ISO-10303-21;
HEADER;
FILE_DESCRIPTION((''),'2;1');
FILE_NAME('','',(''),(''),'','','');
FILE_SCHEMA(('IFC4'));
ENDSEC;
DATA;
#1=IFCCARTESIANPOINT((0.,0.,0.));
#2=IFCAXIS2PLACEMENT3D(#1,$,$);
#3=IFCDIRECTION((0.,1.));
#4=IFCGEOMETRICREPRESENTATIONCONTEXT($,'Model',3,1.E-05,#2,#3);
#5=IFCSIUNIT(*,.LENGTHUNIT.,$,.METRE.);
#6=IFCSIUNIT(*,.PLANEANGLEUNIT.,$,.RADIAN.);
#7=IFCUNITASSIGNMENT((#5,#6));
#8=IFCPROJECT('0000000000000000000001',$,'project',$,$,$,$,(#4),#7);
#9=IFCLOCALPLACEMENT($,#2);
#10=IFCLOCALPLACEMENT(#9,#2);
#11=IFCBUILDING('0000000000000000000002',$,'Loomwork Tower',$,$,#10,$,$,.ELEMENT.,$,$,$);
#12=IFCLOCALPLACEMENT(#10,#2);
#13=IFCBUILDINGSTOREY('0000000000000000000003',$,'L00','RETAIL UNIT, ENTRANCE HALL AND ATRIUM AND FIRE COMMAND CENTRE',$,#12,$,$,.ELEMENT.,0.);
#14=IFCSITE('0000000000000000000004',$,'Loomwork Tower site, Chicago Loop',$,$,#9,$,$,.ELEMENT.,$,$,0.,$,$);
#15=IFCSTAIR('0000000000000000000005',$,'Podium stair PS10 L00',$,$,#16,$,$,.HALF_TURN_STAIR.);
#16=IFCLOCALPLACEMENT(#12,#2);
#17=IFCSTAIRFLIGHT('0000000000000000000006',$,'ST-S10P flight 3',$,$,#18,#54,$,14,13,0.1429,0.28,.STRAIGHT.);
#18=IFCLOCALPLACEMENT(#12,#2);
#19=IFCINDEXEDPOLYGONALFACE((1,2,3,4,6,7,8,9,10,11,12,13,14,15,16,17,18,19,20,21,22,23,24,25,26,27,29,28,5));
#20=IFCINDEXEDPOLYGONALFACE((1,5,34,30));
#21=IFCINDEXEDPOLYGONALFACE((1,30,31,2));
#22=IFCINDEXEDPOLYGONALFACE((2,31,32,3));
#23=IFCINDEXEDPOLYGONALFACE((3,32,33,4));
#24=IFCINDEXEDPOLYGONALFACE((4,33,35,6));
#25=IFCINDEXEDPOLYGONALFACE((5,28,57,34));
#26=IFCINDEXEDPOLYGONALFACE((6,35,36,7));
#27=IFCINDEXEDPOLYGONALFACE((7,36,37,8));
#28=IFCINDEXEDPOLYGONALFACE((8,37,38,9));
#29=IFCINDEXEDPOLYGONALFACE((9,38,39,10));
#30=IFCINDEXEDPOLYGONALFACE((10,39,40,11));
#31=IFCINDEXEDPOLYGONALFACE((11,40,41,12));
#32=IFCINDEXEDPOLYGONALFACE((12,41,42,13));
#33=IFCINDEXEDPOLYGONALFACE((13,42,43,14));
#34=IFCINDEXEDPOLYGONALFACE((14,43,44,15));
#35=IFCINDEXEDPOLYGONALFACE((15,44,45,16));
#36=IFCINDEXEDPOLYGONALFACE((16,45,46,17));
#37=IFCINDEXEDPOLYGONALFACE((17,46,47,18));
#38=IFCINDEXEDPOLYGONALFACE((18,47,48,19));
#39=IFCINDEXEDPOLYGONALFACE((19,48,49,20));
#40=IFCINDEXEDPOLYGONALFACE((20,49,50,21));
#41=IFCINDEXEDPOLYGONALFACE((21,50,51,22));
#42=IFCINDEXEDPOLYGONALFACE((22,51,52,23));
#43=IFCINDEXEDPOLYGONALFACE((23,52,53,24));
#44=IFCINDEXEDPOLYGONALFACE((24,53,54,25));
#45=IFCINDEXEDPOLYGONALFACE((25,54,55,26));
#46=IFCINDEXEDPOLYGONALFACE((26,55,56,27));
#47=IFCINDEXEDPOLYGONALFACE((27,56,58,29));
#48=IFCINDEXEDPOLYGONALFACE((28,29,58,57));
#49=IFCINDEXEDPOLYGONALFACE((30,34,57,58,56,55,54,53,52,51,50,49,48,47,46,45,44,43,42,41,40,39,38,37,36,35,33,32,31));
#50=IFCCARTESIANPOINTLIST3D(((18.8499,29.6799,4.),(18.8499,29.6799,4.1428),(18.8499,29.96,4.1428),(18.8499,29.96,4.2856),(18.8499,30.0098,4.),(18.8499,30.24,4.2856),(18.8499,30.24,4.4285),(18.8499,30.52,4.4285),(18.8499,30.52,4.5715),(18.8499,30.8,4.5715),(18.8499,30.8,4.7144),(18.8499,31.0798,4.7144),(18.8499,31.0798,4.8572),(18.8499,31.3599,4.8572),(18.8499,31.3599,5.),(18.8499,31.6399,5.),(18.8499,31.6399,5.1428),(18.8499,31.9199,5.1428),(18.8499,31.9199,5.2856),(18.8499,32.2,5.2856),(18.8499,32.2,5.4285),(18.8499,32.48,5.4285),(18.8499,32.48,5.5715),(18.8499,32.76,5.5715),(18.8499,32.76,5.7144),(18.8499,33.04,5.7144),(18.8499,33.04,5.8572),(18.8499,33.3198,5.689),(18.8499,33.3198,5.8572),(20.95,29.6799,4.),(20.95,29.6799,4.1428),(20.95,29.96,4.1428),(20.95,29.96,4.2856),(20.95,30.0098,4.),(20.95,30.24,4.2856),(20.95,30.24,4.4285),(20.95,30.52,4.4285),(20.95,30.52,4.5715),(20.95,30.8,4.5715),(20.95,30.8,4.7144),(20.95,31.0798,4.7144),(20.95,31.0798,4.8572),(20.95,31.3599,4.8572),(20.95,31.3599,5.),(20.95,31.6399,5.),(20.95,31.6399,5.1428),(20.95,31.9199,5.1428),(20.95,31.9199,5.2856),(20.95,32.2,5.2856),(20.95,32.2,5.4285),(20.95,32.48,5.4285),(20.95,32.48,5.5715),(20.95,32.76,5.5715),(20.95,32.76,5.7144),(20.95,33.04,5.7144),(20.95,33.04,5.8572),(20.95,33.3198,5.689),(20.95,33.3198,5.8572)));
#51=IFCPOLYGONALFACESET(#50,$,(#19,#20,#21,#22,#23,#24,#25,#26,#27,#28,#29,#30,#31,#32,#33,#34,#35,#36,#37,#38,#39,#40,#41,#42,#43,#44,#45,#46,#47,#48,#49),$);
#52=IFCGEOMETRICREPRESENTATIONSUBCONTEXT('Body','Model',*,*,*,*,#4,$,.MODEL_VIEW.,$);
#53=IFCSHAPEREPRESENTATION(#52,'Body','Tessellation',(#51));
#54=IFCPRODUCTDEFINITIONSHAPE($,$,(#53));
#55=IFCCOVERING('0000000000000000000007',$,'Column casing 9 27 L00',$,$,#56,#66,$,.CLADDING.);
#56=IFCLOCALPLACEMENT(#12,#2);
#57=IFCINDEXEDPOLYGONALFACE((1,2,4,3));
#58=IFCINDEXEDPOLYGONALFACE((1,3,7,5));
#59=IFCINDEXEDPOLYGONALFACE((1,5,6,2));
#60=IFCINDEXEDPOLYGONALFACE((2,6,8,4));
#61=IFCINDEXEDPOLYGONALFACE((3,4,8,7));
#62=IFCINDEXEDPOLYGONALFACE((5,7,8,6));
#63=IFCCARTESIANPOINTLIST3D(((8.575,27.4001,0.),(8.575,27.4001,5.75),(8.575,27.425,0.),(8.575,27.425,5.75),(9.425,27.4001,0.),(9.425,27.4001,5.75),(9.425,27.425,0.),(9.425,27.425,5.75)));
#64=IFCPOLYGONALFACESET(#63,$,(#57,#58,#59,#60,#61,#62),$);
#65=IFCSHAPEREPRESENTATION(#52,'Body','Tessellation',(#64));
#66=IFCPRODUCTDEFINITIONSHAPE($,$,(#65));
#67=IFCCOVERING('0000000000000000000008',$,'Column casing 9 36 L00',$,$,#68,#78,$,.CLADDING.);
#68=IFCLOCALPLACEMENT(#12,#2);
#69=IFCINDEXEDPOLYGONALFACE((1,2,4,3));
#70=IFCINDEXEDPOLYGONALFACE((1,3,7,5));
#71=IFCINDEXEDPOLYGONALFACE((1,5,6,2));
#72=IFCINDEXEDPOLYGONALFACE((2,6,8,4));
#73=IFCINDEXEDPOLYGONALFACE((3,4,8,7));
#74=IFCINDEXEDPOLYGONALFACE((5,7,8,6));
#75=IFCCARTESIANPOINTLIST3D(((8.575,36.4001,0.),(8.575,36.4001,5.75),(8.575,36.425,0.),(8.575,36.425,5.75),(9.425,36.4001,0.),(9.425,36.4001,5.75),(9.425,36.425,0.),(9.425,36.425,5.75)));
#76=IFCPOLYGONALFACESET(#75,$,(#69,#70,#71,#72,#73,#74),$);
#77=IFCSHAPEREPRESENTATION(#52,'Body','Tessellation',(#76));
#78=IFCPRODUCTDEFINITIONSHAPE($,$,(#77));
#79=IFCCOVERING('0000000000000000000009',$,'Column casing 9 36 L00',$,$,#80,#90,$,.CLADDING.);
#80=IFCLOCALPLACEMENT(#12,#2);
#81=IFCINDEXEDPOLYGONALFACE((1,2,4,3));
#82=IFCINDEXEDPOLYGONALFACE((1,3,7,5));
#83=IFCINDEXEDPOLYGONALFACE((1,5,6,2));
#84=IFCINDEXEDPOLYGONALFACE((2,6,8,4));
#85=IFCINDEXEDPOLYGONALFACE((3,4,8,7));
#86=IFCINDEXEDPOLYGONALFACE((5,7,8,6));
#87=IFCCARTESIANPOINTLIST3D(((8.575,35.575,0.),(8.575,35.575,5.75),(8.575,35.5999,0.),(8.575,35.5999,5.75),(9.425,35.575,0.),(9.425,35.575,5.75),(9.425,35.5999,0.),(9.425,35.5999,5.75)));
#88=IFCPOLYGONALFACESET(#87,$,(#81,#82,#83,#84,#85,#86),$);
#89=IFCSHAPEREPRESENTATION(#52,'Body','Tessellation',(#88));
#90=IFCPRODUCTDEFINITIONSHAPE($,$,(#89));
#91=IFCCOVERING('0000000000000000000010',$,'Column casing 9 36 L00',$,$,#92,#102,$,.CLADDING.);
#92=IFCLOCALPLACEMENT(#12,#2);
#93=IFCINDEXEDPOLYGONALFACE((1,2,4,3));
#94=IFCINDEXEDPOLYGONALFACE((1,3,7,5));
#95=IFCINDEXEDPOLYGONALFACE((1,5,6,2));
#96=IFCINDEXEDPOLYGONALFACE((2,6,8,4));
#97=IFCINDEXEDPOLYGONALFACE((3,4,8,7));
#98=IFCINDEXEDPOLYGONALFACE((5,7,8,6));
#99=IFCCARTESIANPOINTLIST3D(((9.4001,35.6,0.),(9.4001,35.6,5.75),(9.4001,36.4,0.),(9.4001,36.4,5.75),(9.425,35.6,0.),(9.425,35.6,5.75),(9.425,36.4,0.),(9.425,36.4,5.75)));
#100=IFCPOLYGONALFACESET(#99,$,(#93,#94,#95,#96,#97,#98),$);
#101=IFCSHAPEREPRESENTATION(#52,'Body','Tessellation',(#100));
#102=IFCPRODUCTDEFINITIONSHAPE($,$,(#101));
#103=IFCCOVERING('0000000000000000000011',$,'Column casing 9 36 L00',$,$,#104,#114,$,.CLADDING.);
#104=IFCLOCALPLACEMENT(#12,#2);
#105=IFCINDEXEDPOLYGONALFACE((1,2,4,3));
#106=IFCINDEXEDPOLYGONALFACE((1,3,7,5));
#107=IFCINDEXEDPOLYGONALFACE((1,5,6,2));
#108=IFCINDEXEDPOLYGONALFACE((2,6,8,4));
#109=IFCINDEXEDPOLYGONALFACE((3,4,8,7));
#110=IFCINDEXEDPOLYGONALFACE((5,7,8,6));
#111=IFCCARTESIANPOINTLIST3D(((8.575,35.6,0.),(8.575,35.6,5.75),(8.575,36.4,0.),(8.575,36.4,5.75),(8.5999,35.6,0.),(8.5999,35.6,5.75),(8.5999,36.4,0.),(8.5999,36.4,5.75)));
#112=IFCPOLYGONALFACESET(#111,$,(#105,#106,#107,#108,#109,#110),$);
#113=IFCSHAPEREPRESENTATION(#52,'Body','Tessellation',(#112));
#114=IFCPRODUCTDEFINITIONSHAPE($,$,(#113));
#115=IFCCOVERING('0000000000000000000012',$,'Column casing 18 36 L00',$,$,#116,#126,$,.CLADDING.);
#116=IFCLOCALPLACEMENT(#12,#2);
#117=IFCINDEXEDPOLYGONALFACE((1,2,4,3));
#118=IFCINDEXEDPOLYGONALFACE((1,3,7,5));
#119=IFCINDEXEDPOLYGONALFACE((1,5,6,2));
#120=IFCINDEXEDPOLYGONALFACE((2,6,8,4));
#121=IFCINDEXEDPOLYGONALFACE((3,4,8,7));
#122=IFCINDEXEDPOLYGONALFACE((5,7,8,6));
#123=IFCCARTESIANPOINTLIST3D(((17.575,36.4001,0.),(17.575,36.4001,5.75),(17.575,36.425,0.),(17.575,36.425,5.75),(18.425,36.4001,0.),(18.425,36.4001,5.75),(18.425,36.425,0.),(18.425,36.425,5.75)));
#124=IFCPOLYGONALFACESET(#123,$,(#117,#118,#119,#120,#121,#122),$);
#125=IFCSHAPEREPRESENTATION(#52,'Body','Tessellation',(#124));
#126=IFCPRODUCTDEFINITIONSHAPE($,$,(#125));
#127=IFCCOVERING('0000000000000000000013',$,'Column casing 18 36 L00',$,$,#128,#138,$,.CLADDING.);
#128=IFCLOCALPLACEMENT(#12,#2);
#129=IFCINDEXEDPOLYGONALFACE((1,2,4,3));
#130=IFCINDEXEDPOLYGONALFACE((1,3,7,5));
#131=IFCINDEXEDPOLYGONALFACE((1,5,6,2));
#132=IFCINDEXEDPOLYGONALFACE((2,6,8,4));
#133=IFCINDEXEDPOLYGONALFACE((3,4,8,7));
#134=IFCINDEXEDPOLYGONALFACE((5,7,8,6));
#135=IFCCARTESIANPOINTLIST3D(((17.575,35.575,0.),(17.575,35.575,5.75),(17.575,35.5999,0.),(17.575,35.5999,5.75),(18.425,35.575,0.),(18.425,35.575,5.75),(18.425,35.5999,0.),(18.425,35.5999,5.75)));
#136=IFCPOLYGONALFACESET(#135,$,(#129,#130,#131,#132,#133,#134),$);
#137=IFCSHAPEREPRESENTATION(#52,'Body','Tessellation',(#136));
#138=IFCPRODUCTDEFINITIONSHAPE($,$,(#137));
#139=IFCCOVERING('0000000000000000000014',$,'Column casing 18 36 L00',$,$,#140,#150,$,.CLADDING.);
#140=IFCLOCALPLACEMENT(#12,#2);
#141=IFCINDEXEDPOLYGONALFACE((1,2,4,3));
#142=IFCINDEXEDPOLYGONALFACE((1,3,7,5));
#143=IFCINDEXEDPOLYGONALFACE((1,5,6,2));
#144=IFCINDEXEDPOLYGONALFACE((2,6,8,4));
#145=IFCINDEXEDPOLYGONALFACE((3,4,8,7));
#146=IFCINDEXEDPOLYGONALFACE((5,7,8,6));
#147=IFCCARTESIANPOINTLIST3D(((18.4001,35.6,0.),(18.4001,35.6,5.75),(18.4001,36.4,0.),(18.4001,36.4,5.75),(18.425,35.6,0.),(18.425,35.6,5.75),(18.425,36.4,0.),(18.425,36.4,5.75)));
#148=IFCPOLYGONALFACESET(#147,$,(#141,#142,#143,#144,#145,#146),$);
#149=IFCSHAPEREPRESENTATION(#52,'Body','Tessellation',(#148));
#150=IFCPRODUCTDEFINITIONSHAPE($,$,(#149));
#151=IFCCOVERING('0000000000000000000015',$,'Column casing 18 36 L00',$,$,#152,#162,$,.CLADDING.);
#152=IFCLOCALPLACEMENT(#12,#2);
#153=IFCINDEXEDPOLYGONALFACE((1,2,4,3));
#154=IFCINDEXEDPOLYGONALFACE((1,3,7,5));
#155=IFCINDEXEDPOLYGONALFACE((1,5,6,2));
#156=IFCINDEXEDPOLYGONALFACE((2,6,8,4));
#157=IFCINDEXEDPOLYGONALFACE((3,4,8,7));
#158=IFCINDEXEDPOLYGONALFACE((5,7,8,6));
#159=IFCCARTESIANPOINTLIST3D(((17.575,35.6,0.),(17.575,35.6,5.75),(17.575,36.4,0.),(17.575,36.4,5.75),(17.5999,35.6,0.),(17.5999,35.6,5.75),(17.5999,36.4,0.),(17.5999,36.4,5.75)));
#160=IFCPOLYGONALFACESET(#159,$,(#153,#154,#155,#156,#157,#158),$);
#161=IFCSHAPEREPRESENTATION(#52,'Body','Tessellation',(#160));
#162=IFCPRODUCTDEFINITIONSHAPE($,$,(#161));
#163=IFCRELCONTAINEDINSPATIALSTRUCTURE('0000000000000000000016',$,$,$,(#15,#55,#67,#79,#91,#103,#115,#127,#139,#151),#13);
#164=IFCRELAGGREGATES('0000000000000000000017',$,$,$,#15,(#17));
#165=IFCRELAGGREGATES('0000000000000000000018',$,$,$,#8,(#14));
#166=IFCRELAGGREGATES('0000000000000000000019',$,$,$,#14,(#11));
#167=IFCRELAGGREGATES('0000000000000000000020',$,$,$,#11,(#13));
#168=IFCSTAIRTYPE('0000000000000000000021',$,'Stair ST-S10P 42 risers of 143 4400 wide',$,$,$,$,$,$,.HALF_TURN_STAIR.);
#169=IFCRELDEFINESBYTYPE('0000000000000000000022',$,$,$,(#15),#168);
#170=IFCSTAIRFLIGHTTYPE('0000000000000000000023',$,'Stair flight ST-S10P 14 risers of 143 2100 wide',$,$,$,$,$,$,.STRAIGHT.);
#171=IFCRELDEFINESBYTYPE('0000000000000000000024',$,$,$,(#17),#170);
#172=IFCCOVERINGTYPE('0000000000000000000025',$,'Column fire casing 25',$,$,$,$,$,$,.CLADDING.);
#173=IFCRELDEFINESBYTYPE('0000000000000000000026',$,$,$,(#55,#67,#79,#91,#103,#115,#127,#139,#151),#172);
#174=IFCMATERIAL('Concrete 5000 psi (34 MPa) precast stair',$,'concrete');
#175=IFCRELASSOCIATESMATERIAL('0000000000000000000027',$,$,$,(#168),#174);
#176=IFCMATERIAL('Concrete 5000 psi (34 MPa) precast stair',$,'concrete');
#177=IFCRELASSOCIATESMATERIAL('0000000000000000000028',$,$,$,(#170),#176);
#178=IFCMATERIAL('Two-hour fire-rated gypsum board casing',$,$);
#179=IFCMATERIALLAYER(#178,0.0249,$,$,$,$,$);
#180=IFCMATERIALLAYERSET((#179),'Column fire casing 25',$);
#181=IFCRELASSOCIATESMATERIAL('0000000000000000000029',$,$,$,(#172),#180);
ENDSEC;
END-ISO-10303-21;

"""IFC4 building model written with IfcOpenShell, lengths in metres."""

from ifc_helpers import new_model, si_unit, direction, frame, origin, origin_2d, place, context, subcontext, project, spatial, polyline, rectangle, outline, extrude, material, layer, layer_set, type_object, element, aggregate, save


model = new_model("IFC4")

# Units and contexts
model_context = context("Model", 3, precision=1e-05, world=origin(), true_north=direction((0.0, 1.0)))
body_context = subcontext(model_context, "Body", "Model", "MODEL_VIEW")
ifc_project = project(units=[si_unit("LENGTHUNIT", "METRE"), si_unit("PLANEANGLEUNIT", "RADIAN")], contexts=[model_context])

# Site, building, storey
site_placement = place(None, origin())
site = spatial("IfcSite", under=ifc_project, at=site_placement, Name="Loomwork Tower site, Chicago Loop", CompositionType="ELEMENT", RefElevation=0.0)
building_placement = place(site_placement, origin())
building = spatial("IfcBuilding", under=site, at=building_placement, Name="Loomwork Tower", CompositionType="ELEMENT")
storey_placement = place(building_placement, origin())
storey = spatial("IfcBuildingStorey", under=building, at=storey_placement, Name="L00", Description="RETAIL UNIT, ENTRANCE HALL AND ATRIUM AND FIRE COMMAND CENTRE", CompositionType="ELEMENT", Elevation=0.0)

# Stair, stair flight
ifc_material_1 = material(Name="Concrete 5000 psi (34 MPa) precast stair", Category="concrete")
stair_type = type_object("IfcStairType", Name="Stair ST-S10P 42 risers of 143 4400 wide", PredefinedType="HALF_TURN_STAIR", material=ifc_material_1)
stair_placement = place(storey_placement, origin())
stair = element("IfcStair", 1, at=stair_placement, inside=storey, type_object=stair_type, Name="Podium stair PS10 L00", PredefinedType="HALF_TURN_STAIR")
ifc_material_2 = material(Name="Concrete 5000 psi (34 MPa) precast stair", Category="concrete")
stair_flight_type = type_object("IfcStairFlightType", Name="Stair flight ST-S10P 14 risers of 143 2100 wide", PredefinedType="STRAIGHT", material=ifc_material_2)
stair_flight_1_placement = place(storey_placement, frame((19.8999, 29.6799, 4.0), z_axis=(0.0, 0.0, 1.0), x_axis=(0.0, 1.0, 0.0)))
stair_flight_1 = element("IfcStairFlight", 2, at=stair_flight_1_placement, type_object=stair_flight_type, Name="ST-S10P flight 3", NumberOfRisers=14, NumberOfTreads=13, PredefinedType="STRAIGHT", RiserHeight=0.1429, TreadLength=0.28, context=body_context, shape_type="SweptSolid", body=[
    extrude(outline(polyline([(0.0, 0.0), (0.0, 0.1428), (0.28, 0.1428), (0.28, 0.2856), (0.5601, 0.2856), (0.5601, 0.4285), (0.8401, 0.4285), (0.8401, 0.5715), (1.1201, 0.5715), (1.1201, 0.7144), (1.3999, 0.7144), (1.3999, 0.8572), (1.6799, 0.8572), (1.6799, 1.0), (1.96, 1.0), (1.96, 1.1428), (2.24, 1.1428), (2.24, 1.2856), (2.52, 1.2856), (2.52, 1.4285), (2.8, 1.4285), (2.8, 1.5715), (3.0801, 1.5715), (3.0801, 1.7144), (3.3601, 1.7144), (3.3601, 1.8572), (3.6399, 1.8572), (3.6399, 2.0), (3.6399, 1.689), (0.3298, 0.0), (0.0, 0.0)])), frame((0.0, 1.05, 0.0), z_axis=(0.0, -1.0, 0.0), x_axis=(1.0, 0.0, 0.0)), (0.0, 0.0, 1.0), 2.1001),
])
aggregate(stair, [stair_flight_1])

# Coverings
ifc_material_3 = material(Name="Two-hour fire-rated gypsum board casing")
ifc_layer_1 = layer(ifc_material_3, 0.0249)
ifc_layer_set_1 = layer_set([ifc_layer_1], Name="Column fire casing 25")
covering_type = type_object("IfcCoveringType", Name="Column fire casing 25", PredefinedType="CLADDING", material=ifc_layer_set_1)
for number, where, z_axis, x_axis, name in (
    (3, (9.0, 27.4126, 0.0), (0.0, 0.0, 1.0), (1.0, 0.0, 0.0), "Column casing 9 27 L00"),
    (4, (9.0, 36.4126, 0.0), (0.0, 0.0, 1.0), (1.0, 0.0, 0.0), "Column casing 9 36 L00"),
    (5, (9.0, 35.5874, 0.0), (0.0, 0.0, 1.0), (1.0, 0.0, 0.0), "Column casing 9 36 L00"),
):
    element("IfcCovering", number, at=place(storey_placement, frame(where, z_axis=z_axis, x_axis=x_axis)), inside=storey, type_object=covering_type, Name=name, PredefinedType="CLADDING", context=body_context, shape_type="SweptSolid", body=[
        extrude(rectangle(XDim=0.8501, YDim=0.0249, at=origin_2d()), origin(), (0.0, 0.0, 1.0), 5.75),
    ])
for number, where, z_axis, x_axis, name in (
    (6, (9.4126, 36.0, 0.0), (0.0, 0.0, 1.0), (1.0, 0.0, 0.0), "Column casing 9 36 L00"),
    (7, (8.5874, 36.0, 0.0), (0.0, 0.0, 1.0), (1.0, 0.0, 0.0), "Column casing 9 36 L00"),
):
    element("IfcCovering", number, at=place(storey_placement, frame(where, z_axis=z_axis, x_axis=x_axis)), inside=storey, type_object=covering_type, Name=name, PredefinedType="CLADDING", context=body_context, shape_type="SweptSolid", body=[
        extrude(rectangle(XDim=0.0249, YDim=0.8, at=origin_2d()), origin(), (0.0, 0.0, 1.0), 5.75),
    ])
for number, where, z_axis, x_axis, name in (
    (8, (18.0, 36.4126, 0.0), (0.0, 0.0, 1.0), (1.0, 0.0, 0.0), "Column casing 18 36 L00"),
    (9, (18.0, 35.5874, 0.0), (0.0, 0.0, 1.0), (1.0, 0.0, 0.0), "Column casing 18 36 L00"),
):
    element("IfcCovering", number, at=place(storey_placement, frame(where, z_axis=z_axis, x_axis=x_axis)), inside=storey, type_object=covering_type, Name=name, PredefinedType="CLADDING", context=body_context, shape_type="SweptSolid", body=[
        extrude(rectangle(XDim=0.8501, YDim=0.0249, at=origin_2d()), origin(), (0.0, 0.0, 1.0), 5.75),
    ])
for number, where, z_axis, x_axis, name in (
    (10, (18.4126, 36.0, 0.0), (0.0, 0.0, 1.0), (1.0, 0.0, 0.0), "Column casing 18 36 L00"),
    (11, (17.5874, 36.0, 0.0), (0.0, 0.0, 1.0), (1.0, 0.0, 0.0), "Column casing 18 36 L00"),
):
    element("IfcCovering", number, at=place(storey_placement, frame(where, z_axis=z_axis, x_axis=x_axis)), inside=storey, type_object=covering_type, Name=name, PredefinedType="CLADDING", context=body_context, shape_type="SweptSolid", body=[
        extrude(rectangle(XDim=0.0249, YDim=0.8, at=origin_2d()), origin(), (0.0, 0.0, 1.0), 5.75),
    ])

save(model, "model.ifc")
